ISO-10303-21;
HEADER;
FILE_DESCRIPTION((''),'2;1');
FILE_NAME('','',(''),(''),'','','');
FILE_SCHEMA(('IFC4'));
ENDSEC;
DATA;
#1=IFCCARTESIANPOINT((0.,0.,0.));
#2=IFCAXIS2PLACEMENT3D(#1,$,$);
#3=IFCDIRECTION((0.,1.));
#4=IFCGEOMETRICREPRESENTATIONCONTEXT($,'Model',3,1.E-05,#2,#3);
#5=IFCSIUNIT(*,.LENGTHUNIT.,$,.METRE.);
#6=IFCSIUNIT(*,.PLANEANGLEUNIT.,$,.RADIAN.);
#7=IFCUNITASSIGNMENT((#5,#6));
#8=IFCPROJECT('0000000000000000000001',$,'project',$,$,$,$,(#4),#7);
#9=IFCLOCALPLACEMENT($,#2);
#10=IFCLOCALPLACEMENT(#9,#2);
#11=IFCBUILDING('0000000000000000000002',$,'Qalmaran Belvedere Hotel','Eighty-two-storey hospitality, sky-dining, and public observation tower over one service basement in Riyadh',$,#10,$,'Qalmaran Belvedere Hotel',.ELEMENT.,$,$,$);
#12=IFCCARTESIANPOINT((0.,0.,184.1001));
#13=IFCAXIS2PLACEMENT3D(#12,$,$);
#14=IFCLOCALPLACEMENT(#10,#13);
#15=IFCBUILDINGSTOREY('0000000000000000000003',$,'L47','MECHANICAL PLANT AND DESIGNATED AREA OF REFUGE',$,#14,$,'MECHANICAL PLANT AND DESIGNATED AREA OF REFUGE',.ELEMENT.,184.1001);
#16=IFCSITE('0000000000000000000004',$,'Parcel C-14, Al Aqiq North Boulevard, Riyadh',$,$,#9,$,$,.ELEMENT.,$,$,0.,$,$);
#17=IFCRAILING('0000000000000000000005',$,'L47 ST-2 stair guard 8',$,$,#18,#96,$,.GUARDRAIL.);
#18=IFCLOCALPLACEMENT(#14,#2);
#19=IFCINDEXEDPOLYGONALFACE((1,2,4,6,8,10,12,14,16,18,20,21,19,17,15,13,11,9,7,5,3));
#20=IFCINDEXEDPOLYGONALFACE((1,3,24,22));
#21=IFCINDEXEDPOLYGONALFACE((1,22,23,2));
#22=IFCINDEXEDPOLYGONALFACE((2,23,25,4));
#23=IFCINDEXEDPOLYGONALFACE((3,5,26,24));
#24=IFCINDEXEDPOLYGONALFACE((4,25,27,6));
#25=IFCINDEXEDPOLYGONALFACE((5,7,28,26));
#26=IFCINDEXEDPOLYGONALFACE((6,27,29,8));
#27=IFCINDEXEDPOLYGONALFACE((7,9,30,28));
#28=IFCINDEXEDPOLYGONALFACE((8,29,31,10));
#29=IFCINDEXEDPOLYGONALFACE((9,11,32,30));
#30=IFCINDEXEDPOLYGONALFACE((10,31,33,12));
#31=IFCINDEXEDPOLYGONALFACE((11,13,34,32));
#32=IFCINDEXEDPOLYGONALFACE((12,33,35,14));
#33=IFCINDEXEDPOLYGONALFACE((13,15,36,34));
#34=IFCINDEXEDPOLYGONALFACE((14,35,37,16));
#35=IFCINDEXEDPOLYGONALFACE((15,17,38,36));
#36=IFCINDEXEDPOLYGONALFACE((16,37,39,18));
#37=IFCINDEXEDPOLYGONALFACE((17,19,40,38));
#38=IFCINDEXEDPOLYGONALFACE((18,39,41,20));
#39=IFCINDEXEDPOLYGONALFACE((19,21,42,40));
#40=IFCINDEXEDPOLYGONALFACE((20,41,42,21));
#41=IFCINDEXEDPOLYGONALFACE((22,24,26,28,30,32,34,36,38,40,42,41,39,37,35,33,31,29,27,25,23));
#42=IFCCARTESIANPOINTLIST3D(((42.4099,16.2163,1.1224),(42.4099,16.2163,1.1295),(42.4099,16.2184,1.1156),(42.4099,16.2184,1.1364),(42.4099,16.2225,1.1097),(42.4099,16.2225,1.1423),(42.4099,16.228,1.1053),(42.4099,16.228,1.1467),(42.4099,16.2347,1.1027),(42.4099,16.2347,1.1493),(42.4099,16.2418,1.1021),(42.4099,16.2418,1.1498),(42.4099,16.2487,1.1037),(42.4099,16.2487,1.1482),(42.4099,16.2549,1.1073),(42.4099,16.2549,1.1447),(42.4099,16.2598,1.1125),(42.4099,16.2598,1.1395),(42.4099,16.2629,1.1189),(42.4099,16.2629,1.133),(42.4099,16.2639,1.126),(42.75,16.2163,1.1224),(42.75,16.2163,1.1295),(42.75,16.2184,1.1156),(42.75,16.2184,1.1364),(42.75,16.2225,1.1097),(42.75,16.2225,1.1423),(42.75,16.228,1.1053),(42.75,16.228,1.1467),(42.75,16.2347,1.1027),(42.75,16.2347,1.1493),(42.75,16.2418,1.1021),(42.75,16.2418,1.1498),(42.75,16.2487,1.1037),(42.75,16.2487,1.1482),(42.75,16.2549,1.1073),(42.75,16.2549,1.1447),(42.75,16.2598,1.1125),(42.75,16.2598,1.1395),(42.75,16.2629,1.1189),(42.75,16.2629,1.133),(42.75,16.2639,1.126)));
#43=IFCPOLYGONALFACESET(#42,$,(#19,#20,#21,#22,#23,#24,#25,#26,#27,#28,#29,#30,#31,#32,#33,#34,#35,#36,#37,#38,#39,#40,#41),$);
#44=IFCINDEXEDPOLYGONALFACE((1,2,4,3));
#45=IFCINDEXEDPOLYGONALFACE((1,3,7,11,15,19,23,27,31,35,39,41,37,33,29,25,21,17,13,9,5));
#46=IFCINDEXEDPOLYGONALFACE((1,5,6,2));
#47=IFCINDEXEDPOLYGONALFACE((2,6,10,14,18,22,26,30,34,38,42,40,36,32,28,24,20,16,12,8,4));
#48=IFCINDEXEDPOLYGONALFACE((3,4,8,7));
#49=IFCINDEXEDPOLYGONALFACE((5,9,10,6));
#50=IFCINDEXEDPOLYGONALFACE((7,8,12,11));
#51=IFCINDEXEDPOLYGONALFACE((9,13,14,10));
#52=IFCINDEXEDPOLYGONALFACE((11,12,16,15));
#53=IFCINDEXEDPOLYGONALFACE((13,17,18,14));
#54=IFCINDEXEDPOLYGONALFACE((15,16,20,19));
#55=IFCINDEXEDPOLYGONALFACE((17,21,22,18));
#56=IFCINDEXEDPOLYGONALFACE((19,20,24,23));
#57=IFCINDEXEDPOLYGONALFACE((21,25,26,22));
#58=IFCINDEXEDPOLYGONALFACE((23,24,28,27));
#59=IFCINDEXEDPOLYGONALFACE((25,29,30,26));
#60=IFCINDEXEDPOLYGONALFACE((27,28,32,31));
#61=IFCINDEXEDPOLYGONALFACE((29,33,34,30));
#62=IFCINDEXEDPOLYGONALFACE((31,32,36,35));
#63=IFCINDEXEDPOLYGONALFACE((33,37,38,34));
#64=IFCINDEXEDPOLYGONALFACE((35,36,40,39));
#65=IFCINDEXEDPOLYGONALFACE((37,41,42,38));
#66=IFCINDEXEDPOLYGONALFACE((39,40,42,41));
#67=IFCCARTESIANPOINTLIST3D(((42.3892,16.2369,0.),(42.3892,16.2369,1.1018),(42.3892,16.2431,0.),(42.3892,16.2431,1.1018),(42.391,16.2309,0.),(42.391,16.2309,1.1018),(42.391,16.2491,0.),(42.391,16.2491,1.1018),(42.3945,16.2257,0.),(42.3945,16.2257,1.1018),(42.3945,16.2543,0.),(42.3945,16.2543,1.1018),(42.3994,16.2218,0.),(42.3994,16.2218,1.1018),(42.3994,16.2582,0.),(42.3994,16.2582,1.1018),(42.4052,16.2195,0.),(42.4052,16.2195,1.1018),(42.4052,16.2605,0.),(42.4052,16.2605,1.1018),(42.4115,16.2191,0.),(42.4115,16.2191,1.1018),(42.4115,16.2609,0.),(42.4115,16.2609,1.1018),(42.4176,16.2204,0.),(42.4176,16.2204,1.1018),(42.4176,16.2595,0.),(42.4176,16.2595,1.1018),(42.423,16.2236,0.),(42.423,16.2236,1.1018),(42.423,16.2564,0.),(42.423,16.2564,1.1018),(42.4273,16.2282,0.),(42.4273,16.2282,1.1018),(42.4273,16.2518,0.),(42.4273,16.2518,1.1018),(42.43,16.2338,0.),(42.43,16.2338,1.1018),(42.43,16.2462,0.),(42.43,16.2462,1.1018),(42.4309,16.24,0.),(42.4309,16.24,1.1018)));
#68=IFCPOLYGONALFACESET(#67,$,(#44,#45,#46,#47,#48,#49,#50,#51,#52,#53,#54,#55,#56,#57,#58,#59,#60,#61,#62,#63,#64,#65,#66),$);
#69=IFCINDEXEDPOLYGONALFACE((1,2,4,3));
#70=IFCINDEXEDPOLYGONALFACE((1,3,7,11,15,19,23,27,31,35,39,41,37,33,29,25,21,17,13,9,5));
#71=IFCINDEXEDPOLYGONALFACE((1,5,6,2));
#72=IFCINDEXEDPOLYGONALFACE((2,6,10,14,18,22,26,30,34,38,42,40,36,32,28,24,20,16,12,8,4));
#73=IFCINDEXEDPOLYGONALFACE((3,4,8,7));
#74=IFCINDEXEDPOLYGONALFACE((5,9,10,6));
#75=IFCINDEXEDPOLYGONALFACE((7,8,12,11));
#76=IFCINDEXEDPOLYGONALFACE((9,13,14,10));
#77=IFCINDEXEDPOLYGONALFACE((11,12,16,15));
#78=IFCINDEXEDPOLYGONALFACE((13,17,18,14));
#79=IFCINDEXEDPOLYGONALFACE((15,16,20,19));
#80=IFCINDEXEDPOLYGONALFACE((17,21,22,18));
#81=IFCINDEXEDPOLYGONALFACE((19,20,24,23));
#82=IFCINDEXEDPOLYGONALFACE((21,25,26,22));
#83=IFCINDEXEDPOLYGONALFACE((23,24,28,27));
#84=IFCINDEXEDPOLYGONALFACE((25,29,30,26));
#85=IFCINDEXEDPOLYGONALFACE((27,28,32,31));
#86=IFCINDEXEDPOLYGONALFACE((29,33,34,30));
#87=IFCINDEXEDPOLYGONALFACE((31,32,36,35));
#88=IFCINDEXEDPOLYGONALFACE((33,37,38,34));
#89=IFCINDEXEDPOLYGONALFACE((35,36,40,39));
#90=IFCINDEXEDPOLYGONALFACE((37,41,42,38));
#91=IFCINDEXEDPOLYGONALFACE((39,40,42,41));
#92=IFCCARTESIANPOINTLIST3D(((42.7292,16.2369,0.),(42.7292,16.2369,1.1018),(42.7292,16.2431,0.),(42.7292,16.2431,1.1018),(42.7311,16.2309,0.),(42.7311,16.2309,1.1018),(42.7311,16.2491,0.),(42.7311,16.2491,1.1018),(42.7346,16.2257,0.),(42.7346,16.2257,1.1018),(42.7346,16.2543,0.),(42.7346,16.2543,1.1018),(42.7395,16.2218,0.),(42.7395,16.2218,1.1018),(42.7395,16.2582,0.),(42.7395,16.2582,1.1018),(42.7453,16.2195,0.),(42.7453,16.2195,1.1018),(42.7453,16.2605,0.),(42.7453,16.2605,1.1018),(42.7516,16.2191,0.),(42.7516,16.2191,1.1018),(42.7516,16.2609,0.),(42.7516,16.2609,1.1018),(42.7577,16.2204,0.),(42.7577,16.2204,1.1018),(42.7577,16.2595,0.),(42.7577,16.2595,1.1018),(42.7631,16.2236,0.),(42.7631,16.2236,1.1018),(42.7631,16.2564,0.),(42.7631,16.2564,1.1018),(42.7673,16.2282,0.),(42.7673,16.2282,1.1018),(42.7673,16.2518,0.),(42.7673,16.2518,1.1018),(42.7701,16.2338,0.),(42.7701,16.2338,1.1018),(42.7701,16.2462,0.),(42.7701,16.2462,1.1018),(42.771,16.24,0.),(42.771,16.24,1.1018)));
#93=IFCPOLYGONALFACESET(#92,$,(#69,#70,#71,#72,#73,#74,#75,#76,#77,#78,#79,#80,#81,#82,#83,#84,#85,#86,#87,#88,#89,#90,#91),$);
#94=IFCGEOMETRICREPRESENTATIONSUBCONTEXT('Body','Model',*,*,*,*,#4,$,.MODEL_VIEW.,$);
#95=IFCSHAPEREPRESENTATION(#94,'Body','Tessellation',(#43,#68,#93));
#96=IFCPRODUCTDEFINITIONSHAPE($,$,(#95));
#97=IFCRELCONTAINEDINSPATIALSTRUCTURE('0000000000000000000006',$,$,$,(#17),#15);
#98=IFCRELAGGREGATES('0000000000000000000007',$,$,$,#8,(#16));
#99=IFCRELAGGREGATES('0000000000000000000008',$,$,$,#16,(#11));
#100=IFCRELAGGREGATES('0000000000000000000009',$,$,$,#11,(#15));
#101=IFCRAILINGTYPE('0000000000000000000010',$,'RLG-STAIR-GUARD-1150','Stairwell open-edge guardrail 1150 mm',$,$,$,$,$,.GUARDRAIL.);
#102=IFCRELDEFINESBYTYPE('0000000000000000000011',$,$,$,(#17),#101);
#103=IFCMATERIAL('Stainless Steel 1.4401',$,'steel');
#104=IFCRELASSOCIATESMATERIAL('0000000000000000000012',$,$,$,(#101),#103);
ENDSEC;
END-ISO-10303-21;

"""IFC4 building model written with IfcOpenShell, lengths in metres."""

from ifc_helpers import new_model, si_unit, direction, frame, origin, origin_2d, place, context, subcontext, project, spatial, circle, extrude, material, type_object, element, save


model = new_model("IFC4")

# Units and contexts
model_context = context("Model", 3, precision=1e-05, world=origin(), true_north=direction((0.0, 1.0)))
body_context = subcontext(model_context, "Body", "Model", "MODEL_VIEW")
ifc_project = project(units=[si_unit("LENGTHUNIT", "METRE"), si_unit("PLANEANGLEUNIT", "RADIAN")], contexts=[model_context])

# Site, building, storey
site_placement = place(None, origin())
site = spatial("IfcSite", under=ifc_project, at=site_placement, Name="Parcel C-14, Al Aqiq North Boulevard, Riyadh", CompositionType="ELEMENT", RefElevation=0.0)
building_placement = place(site_placement, origin())
building = spatial("IfcBuilding", under=site, at=building_placement, Name="Qalmaran Belvedere Hotel", Description="Eighty-two-storey hospitality, sky-dining, and public observation tower over one service basement in Riyadh", LongName="Qalmaran Belvedere Hotel", CompositionType="ELEMENT")
storey_placement = place(building_placement, frame((0.0, 0.0, 184.1001)))
storey = spatial("IfcBuildingStorey", under=building, at=storey_placement, Name="L47", Description="MECHANICAL PLANT AND DESIGNATED AREA OF REFUGE", LongName="MECHANICAL PLANT AND DESIGNATED AREA OF REFUGE", CompositionType="ELEMENT", Elevation=184.1001)

# Railing
ifc_material_1 = material(Name="Stainless Steel 1.4401", Category="steel")
railing_type_1 = type_object("IfcRailingType", Name="RLG-STAIR-GUARD-1150", Description="Stairwell open-edge guardrail 1150 mm", PredefinedType="GUARDRAIL", material=ifc_material_1)
railing_1_placement = place(storey_placement, frame((42.4099, 16.24, 0.0)))
element("IfcRailing", 1, at=railing_1_placement, inside=storey, type_object=railing_type_1, Name="L47 ST-2 stair guard 8", PredefinedType="GUARDRAIL", context=body_context, shape_type="SweptSolid", body=[
    extrude(circle(Radius=0.0239, at=origin_2d()), frame((0.0, 0.0, 1.126), z_axis=(1.0, 0.0, 0.0), x_axis=(0.0, 1.0, 0.0)), (0.0, 0.0, 1.0), 0.3401),
    extrude(circle(Radius=0.021, at=origin_2d()), origin(), (0.0, 0.0, 1.0), 1.1018),
    extrude(circle(Radius=0.021, at=origin_2d()), frame((0.3401, 0.0, 0.0)), (0.0, 0.0, 1.0), 1.1018),
])

save(model, "model.ifc")
